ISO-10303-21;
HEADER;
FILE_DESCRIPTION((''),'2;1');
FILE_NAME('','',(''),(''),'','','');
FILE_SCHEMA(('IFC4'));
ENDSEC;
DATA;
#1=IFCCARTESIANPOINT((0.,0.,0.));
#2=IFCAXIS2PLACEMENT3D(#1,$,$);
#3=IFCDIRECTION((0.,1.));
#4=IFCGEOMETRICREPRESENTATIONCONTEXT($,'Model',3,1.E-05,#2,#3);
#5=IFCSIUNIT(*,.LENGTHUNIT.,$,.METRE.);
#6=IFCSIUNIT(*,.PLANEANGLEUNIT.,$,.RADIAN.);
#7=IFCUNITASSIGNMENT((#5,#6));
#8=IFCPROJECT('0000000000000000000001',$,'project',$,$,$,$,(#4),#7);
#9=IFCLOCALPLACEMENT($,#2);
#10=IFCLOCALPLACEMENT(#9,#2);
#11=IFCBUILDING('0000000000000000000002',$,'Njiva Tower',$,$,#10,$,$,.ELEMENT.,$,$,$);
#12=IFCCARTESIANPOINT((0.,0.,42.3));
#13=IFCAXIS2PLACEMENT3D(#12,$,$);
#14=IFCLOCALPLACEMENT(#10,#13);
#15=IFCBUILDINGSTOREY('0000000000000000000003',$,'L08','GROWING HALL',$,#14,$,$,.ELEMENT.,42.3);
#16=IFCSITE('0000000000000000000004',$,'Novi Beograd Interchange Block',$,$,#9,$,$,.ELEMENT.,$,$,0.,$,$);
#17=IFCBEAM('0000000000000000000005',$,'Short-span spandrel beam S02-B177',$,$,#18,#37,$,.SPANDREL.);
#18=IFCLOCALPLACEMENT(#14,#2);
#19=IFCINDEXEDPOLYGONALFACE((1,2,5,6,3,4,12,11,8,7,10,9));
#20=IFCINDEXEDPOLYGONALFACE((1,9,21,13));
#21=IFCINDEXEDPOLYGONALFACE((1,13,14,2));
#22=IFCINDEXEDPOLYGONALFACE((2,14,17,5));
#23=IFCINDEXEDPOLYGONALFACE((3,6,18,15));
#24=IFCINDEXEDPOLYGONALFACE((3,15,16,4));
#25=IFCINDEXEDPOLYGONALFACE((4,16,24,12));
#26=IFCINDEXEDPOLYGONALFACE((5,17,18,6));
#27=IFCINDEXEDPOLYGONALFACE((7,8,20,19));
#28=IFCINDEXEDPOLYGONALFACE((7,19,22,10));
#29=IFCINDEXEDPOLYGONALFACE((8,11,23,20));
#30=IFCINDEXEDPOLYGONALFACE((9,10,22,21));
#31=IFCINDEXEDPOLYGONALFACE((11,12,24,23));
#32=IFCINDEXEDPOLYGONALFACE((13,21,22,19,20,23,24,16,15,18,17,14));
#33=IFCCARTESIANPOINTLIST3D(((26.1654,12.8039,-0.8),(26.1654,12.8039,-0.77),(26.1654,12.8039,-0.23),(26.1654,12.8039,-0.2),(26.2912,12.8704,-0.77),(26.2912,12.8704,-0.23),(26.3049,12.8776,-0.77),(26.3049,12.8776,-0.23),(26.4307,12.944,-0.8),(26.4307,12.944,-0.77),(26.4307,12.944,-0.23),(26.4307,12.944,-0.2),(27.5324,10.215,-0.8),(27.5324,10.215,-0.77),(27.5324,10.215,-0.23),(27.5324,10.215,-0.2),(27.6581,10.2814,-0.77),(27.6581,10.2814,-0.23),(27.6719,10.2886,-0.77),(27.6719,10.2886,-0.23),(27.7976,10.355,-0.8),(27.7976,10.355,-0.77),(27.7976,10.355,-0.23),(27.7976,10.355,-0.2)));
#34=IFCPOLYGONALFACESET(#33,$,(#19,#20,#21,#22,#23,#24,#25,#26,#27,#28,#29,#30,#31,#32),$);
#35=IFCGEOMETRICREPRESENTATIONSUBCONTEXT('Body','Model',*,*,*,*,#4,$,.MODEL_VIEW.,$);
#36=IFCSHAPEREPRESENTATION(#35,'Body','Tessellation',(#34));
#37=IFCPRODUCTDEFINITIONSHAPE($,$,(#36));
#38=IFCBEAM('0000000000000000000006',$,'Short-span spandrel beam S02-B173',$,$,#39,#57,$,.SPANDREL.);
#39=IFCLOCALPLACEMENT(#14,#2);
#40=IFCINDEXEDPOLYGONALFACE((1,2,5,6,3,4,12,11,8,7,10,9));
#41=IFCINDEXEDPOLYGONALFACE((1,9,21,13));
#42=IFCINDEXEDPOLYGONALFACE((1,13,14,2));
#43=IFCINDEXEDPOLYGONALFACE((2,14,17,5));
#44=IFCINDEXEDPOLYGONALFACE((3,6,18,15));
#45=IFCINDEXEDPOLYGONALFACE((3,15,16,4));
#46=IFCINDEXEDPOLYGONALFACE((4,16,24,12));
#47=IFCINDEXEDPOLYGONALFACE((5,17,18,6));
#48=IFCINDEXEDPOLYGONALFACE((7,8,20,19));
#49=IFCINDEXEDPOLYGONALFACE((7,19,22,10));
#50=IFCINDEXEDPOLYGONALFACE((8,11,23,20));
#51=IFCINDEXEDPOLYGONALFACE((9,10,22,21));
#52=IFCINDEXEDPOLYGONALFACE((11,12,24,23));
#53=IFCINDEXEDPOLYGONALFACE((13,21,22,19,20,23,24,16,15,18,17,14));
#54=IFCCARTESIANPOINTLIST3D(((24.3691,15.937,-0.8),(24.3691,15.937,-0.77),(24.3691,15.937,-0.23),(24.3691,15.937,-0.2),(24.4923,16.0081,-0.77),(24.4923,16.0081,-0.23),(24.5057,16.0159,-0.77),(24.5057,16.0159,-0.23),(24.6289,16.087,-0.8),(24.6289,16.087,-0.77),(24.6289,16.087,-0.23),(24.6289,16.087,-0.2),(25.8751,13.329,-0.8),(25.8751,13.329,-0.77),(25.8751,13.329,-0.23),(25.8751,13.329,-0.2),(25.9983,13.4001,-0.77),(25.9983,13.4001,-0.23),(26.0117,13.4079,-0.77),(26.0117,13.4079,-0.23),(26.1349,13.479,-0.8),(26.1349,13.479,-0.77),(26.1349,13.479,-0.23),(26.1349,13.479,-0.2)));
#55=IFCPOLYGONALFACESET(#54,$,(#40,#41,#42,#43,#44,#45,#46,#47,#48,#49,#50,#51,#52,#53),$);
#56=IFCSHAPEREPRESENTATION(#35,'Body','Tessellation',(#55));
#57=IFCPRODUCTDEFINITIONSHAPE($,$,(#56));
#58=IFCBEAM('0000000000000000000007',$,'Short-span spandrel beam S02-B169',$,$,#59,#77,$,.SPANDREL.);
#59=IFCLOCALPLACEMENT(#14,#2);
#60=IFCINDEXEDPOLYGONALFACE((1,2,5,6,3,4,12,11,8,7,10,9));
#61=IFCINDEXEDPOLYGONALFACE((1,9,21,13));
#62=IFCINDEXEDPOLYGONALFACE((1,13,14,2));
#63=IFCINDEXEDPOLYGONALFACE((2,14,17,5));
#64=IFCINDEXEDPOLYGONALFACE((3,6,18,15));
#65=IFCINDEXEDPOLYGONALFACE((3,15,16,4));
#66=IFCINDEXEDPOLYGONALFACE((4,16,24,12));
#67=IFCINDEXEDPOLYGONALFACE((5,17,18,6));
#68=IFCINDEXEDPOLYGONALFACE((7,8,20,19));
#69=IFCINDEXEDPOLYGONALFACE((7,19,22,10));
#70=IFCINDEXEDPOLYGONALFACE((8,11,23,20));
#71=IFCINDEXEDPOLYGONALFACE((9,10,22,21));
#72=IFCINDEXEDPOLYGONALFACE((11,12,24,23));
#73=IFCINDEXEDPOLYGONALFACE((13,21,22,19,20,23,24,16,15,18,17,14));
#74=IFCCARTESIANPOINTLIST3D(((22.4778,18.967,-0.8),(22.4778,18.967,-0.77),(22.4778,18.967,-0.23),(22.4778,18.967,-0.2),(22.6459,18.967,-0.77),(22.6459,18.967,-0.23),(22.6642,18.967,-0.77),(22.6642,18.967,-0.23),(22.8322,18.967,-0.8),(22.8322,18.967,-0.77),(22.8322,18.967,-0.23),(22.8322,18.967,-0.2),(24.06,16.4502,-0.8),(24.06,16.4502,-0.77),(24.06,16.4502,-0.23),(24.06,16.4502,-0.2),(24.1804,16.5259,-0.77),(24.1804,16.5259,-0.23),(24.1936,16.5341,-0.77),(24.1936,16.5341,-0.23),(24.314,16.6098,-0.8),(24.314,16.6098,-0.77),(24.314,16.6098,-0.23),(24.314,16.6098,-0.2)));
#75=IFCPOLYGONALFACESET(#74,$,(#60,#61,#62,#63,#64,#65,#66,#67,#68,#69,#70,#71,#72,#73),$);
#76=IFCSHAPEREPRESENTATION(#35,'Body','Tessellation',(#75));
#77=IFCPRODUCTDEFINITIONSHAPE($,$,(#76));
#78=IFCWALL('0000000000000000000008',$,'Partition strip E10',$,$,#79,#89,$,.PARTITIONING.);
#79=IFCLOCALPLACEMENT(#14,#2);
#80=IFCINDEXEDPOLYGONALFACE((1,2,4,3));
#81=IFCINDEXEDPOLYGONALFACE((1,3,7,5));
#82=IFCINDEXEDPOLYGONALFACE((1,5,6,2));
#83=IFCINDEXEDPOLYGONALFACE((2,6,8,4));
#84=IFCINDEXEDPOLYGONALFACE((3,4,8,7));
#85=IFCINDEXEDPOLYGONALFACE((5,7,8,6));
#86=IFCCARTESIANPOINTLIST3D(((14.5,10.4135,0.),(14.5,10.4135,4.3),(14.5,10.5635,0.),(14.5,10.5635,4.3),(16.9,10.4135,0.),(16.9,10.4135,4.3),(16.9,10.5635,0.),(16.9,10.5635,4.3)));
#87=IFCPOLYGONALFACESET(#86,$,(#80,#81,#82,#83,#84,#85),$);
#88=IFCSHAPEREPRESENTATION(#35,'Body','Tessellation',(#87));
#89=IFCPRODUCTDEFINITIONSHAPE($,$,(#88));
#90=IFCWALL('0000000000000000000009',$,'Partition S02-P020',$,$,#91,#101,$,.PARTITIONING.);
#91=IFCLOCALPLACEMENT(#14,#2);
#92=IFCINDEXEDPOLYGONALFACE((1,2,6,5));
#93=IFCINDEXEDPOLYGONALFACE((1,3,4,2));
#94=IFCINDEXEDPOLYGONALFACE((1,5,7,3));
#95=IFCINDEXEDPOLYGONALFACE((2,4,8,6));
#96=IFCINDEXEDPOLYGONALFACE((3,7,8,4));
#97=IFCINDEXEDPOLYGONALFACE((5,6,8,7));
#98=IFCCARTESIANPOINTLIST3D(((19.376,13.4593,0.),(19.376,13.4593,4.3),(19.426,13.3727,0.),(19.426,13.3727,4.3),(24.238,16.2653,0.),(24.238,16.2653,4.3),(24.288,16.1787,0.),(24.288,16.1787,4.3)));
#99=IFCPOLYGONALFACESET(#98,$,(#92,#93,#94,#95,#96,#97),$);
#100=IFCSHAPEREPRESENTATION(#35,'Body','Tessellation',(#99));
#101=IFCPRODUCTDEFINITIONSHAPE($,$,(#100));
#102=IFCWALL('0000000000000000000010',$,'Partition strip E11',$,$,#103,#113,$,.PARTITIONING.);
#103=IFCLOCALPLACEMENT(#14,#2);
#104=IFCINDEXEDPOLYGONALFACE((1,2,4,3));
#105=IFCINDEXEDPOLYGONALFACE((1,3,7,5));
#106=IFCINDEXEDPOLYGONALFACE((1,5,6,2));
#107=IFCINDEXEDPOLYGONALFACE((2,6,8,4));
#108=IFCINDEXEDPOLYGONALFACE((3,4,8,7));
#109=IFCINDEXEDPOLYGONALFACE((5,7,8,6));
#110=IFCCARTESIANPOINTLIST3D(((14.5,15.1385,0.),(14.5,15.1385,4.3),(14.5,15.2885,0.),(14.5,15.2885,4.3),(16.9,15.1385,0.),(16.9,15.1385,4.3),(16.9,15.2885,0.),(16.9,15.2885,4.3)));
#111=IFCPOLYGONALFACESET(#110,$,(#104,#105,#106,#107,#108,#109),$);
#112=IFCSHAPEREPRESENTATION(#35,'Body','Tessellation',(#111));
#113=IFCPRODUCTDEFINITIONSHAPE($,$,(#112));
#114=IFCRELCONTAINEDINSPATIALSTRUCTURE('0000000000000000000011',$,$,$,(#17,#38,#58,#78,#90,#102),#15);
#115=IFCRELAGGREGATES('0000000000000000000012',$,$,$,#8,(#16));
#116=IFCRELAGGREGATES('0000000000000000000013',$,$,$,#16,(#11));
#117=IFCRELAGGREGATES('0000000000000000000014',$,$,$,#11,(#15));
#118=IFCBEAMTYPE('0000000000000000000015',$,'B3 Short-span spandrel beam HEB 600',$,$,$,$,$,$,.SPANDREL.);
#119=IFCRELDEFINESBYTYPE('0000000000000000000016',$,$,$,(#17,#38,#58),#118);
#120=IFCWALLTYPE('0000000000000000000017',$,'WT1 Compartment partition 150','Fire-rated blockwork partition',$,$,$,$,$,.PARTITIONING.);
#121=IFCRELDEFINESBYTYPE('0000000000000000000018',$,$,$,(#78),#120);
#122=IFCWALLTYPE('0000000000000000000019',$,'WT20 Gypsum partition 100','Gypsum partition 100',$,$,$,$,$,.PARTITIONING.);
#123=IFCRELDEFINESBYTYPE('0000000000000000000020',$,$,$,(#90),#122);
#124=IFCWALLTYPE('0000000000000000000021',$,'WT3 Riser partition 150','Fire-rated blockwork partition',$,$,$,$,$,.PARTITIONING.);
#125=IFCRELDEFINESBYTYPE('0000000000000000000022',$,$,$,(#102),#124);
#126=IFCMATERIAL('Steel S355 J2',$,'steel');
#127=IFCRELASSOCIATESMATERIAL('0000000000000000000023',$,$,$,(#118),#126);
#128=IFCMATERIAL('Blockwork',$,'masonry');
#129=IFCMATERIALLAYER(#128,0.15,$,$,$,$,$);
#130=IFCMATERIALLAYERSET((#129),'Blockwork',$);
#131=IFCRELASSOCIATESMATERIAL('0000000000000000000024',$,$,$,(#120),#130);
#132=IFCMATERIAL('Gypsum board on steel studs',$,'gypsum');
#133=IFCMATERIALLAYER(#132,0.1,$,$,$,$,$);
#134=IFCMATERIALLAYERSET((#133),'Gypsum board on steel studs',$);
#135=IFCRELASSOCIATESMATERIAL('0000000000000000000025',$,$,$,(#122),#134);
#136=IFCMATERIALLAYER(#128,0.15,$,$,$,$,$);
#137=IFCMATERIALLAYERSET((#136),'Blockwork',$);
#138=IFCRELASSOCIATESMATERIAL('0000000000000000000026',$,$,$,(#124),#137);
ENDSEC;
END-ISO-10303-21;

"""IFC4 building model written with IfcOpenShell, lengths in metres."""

from ifc_helpers import new_model, si_unit, direction, frame, frame_2d, origin, origin_2d, place, context, subcontext, project, spatial, rectangle, i_section, extrude, clip, halfspace, material, layer, layer_set, material_profile, profile_set, type_object, element, save


model = new_model("IFC4")

# Units and contexts
model_context = context("Model", 3, precision=1e-05, world=origin(), true_north=direction((0.0, 1.0)))
body_context = subcontext(model_context, "Body", "Model", "MODEL_VIEW")
ifc_project = project(units=[si_unit("LENGTHUNIT", "METRE"), si_unit("PLANEANGLEUNIT", "RADIAN")], contexts=[model_context])

# Site, building, storey
site_placement = place(None, origin())
site = spatial("IfcSite", under=ifc_project, at=site_placement, Name="Novi Beograd Interchange Block", CompositionType="ELEMENT", RefElevation=0.0)
building_placement = place(site_placement, origin())
building = spatial("IfcBuilding", under=site, at=building_placement, Name="Njiva Tower", CompositionType="ELEMENT")
storey_placement = place(building_placement, frame((0.0, 0.0, 42.3)))
storey = spatial("IfcBuildingStorey", under=building, at=storey_placement, Name="L08", Description="GROWING HALL", CompositionType="ELEMENT", Elevation=42.3)

# Shared definitions
ifc_material_1 = material(Name="Steel S355 J2", Category="steel")

# Beams
ifc_material_profile_1 = material_profile(ifc_material_1, i_section(OverallWidth=0.3, OverallDepth=0.6, WebThickness=0.0155, FlangeThickness=0.03, at=origin_2d()), Name="HEB 600")
ifc_profile_set_1 = profile_set([ifc_material_profile_1], Name="Steel S355 J2")
beam_type_1 = type_object("IfcBeamType", Name="B3 Short-span spandrel beam HEB 600", PredefinedType="SPANDREL", material=ifc_profile_set_1)
beam_1_placement = place(storey_placement, frame((27.665, 10.285, -0.5), z_axis=(-0.466914, 0.884302, 0.0), x_axis=(-0.884302, -0.466914, 0.0)))
element("IfcBeam", 1, at=beam_1_placement, inside=storey, type_object=beam_type_1, Name="Short-span spandrel beam S02-B177", PredefinedType="SPANDREL", context=body_context, shape_type="SweptSolid", body=[
    extrude(i_section(OverallWidth=0.3, OverallDepth=0.6, WebThickness=0.0155, FlangeThickness=0.03, at=origin_2d()), origin(), (0.0, 0.0, 1.0), 2.9277),
])
beam_2_placement = place(storey_placement, frame((26.005, 13.404, -0.5), z_axis=(-0.500067, 0.865987, 0.0), x_axis=(-0.865987, -0.500067, 0.0)))
element("IfcBeam", 2, at=beam_2_placement, inside=storey, type_object=beam_type_1, Name="Short-span spandrel beam S02-B173", PredefinedType="SPANDREL", context=body_context, shape_type="SweptSolid", body=[
    extrude(i_section(OverallWidth=0.3, OverallDepth=0.6, WebThickness=0.0155, FlangeThickness=0.03, at=origin_2d()), origin(), (0.0, 0.0, 1.0), 3.0116),
])
beam_3_placement = place(storey_placement, frame((24.187, 16.53, -0.5), z_axis=(-0.532214, 0.84661, 0.0), x_axis=(-0.84661, -0.532214, 0.0)))
element("IfcBeam", 3, at=beam_3_placement, inside=storey, type_object=beam_type_1, Name="Short-span spandrel beam S02-B169", PredefinedType="SPANDREL", context=body_context, shape_type="Clipping", body=[
    clip(extrude(i_section(OverallWidth=0.3, OverallDepth=0.6, WebThickness=0.0155, FlangeThickness=0.03, at=origin_2d()), origin(), (0.0, 0.0, 1.0), 2.9925), halfspace(frame((-0.0264, 0.0, 2.8619), z_axis=(-0.532214, 0.0, 0.84661), x_axis=(0.0, 1.0, 0.0)), False)),
])

# Walls
ifc_material_2 = material(Name="Blockwork", Category="masonry")
ifc_layer_1 = layer(ifc_material_2, 0.15)
ifc_layer_set_1 = layer_set([ifc_layer_1], Name="Blockwork")
wall_type_1 = type_object("IfcWallType", Name="WT1 Compartment partition 150", Description="Fire-rated blockwork partition", PredefinedType="PARTITIONING", material=ifc_layer_set_1)
wall_1_placement = place(storey_placement, frame((14.5, 10.4885, 0.0), z_axis=(0.0, 0.0, 1.0), x_axis=(1.0, 0.0, 0.0)))
element("IfcWall", 4, at=wall_1_placement, inside=storey, type_object=wall_type_1, Name="Partition strip E10", PredefinedType="PARTITIONING", context=body_context, shape_type="SweptSolid", body=[
    extrude(rectangle(XDim=2.4, YDim=0.15, at=frame_2d((1.2, 0.0))), origin(), (0.0, 0.0, 1.0), 4.3),
])
ifc_material_3 = material(Name="Gypsum board on steel studs", Category="gypsum")
ifc_layer_2 = layer(ifc_material_3, 0.1)
ifc_layer_set_2 = layer_set([ifc_layer_2], Name="Gypsum board on steel studs")
wall_type_2 = type_object("IfcWallType", Name="WT20 Gypsum partition 100", Description="Gypsum partition 100", PredefinedType="PARTITIONING", material=ifc_layer_set_2)
wall_2_placement = place(storey_placement, frame((19.401, 13.416, 0.0), z_axis=(0.0, 0.0, 1.0), x_axis=(0.866108, 0.499856, 0.0)))
element("IfcWall", 5, at=wall_2_placement, inside=storey, type_object=wall_type_2, Name="Partition S02-P020", PredefinedType="PARTITIONING", context=body_context, shape_type="SweptSolid", body=[
    extrude(rectangle(XDim=5.6136, YDim=0.1, at=frame_2d((2.8068, 0.0))), origin(), (0.0, 0.0, 1.0), 4.3),
])
ifc_layer_3 = layer(ifc_material_2, 0.15)
ifc_layer_set_3 = layer_set([ifc_layer_3], Name="Blockwork")
wall_type_3 = type_object("IfcWallType", Name="WT3 Riser partition 150", Description="Fire-rated blockwork partition", PredefinedType="PARTITIONING", material=ifc_layer_set_3)
wall_3_placement = place(storey_placement, frame((14.5, 15.2135, 0.0), z_axis=(0.0, 0.0, 1.0), x_axis=(1.0, 0.0, 0.0)))
element("IfcWall", 6, at=wall_3_placement, inside=storey, type_object=wall_type_3, Name="Partition strip E11", PredefinedType="PARTITIONING", context=body_context, shape_type="SweptSolid", body=[
    extrude(rectangle(XDim=2.4, YDim=0.15, at=frame_2d((1.2, 0.0))), origin(), (0.0, 0.0, 1.0), 4.3),
])

save(model, "model.ifc")
